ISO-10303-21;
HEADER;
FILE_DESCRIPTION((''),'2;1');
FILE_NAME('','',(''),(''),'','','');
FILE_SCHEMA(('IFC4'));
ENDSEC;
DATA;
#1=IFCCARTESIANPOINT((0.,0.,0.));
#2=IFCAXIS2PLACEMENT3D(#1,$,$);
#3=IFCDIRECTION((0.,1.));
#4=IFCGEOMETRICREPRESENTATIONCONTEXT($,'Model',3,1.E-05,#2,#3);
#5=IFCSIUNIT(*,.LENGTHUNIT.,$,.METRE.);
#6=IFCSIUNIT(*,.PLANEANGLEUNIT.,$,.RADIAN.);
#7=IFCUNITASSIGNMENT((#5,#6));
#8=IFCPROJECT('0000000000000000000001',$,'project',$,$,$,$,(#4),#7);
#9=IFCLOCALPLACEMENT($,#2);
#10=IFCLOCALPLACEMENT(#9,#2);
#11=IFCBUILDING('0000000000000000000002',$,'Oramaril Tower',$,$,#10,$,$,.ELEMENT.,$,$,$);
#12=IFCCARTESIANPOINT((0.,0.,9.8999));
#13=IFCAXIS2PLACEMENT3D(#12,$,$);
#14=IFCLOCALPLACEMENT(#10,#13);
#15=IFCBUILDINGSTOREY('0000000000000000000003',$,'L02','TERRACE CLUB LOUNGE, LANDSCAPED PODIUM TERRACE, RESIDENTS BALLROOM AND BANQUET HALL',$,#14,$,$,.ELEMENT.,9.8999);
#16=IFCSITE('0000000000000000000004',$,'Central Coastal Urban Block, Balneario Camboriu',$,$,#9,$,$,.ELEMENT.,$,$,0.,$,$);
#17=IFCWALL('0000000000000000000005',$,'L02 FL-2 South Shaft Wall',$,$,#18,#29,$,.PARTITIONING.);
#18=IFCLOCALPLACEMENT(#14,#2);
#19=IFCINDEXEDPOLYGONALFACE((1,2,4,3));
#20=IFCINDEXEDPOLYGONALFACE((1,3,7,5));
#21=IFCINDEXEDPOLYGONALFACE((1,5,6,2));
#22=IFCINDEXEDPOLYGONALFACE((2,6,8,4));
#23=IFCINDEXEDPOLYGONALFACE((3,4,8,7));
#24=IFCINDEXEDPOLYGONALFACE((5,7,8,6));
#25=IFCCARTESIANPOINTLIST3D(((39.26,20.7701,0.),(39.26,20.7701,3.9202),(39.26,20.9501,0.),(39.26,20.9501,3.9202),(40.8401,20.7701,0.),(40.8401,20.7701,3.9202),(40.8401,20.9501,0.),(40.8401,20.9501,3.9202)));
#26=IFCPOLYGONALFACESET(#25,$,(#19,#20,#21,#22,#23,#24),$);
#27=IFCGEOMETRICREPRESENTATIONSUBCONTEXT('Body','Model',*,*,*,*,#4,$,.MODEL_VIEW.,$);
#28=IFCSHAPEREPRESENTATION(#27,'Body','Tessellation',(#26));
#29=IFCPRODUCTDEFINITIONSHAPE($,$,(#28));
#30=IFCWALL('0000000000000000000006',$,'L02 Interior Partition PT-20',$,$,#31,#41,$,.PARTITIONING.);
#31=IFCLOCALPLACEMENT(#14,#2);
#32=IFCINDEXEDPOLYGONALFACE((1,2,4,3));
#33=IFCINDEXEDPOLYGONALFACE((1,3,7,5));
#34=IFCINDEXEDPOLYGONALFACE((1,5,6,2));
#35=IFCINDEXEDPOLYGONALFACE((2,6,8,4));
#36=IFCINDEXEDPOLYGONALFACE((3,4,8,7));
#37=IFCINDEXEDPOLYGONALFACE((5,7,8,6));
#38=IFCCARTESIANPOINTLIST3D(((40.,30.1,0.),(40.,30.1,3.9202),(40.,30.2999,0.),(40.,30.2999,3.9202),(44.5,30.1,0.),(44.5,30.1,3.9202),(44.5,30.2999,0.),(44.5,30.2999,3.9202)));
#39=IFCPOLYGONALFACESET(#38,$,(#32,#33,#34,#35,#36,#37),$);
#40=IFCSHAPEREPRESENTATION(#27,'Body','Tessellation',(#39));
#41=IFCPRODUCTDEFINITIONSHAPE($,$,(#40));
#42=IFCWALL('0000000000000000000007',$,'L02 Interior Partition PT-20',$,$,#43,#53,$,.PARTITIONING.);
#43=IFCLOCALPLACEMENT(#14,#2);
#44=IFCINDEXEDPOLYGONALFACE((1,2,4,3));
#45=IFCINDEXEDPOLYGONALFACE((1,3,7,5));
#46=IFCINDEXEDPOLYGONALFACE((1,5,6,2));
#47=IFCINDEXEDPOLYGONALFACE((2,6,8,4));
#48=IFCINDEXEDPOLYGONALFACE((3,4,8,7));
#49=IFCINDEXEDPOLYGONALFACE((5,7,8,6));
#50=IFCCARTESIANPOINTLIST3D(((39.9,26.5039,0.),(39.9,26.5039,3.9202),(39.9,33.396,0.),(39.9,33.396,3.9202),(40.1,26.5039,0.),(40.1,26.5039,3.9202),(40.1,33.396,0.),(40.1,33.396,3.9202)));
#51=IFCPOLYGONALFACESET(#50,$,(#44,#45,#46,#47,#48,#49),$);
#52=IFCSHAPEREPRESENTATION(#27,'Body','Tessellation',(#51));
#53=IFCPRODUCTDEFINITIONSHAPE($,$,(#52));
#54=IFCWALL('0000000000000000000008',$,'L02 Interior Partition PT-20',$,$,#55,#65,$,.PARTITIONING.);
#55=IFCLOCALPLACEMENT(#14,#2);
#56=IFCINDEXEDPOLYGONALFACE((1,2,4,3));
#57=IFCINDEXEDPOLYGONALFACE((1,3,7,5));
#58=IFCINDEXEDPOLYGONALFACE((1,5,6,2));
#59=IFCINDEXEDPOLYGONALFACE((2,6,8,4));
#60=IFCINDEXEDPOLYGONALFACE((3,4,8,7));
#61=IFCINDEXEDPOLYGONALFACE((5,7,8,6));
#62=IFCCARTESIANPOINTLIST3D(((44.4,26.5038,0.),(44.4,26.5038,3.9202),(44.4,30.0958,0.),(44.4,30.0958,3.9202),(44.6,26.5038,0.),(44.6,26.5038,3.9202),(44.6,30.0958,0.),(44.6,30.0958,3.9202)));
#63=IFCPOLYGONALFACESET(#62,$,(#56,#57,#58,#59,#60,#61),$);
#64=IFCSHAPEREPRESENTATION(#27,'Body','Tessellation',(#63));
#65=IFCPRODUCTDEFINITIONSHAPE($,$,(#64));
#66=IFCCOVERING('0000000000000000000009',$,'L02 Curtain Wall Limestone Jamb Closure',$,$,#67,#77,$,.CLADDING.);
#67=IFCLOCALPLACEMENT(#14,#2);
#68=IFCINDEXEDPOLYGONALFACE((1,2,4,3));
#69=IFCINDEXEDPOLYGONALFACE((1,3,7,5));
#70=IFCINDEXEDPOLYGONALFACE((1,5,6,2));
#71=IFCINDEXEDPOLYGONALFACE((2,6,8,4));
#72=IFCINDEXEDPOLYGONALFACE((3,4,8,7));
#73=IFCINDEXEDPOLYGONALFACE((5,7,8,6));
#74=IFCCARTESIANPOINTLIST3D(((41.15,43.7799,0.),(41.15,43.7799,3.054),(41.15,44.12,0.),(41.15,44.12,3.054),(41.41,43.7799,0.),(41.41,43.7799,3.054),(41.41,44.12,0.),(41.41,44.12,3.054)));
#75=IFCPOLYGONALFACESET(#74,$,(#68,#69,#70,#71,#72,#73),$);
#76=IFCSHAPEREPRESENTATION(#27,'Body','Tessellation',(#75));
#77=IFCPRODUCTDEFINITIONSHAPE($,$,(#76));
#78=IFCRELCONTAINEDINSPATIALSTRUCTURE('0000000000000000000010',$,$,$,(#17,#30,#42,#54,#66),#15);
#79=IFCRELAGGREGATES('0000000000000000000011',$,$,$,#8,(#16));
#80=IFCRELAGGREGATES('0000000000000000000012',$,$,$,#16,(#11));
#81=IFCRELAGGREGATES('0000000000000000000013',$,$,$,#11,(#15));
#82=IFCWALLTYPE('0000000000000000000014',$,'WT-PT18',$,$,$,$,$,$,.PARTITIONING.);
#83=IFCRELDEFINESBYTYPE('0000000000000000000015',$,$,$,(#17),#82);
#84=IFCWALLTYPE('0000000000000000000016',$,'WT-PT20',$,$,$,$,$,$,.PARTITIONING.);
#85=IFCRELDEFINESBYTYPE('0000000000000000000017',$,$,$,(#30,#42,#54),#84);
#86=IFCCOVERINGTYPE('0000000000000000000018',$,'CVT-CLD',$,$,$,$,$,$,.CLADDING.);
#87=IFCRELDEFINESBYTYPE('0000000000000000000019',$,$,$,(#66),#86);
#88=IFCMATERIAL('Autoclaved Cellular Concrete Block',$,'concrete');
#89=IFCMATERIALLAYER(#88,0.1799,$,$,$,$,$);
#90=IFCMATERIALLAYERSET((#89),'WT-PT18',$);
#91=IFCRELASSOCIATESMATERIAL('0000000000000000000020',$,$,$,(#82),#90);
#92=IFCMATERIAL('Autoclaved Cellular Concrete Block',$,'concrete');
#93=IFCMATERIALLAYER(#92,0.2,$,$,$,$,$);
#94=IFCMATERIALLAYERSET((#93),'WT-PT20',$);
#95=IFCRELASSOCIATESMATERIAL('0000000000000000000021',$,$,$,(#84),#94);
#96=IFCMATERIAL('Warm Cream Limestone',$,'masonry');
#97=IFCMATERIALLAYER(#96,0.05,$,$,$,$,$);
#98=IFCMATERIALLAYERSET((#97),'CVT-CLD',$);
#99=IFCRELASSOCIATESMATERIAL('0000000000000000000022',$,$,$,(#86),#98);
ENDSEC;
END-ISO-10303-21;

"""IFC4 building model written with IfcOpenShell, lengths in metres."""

from ifc_helpers import new_model, si_unit, direction, frame, frame_2d, origin, origin_2d, place, context, subcontext, project, spatial, rectangle, extrude, material, layer, layer_set, type_object, element, save


model = new_model("IFC4")

# Units and contexts
model_context = context("Model", 3, precision=1e-05, world=origin(), true_north=direction((0.0, 1.0)))
body_context = subcontext(model_context, "Body", "Model", "MODEL_VIEW")
ifc_project = project(units=[si_unit("LENGTHUNIT", "METRE"), si_unit("PLANEANGLEUNIT", "RADIAN")], contexts=[model_context])

# Site, building, storey
site_placement = place(None, origin())
site = spatial("IfcSite", under=ifc_project, at=site_placement, Name="Central Coastal Urban Block, Balneario Camboriu", CompositionType="ELEMENT", RefElevation=0.0)
building_placement = place(site_placement, origin())
building = spatial("IfcBuilding", under=site, at=building_placement, Name="Oramaril Tower", CompositionType="ELEMENT")
storey_placement = place(building_placement, frame((0.0, 0.0, 9.8999)))
storey = spatial("IfcBuildingStorey", under=building, at=storey_placement, Name="L02", Description="TERRACE CLUB LOUNGE, LANDSCAPED PODIUM TERRACE, RESIDENTS BALLROOM AND BANQUET HALL", CompositionType="ELEMENT", Elevation=9.8999)

# Walls
ifc_material_1 = material(Name="Autoclaved Cellular Concrete Block", Category="concrete")
ifc_layer_1 = layer(ifc_material_1, 0.1799)
ifc_layer_set_1 = layer_set([ifc_layer_1], Name="WT-PT18")
wall_type_1 = type_object("IfcWallType", Name="WT-PT18", PredefinedType="PARTITIONING", material=ifc_layer_set_1)
wall_1_placement = place(storey_placement, frame((39.26, 20.8601, 0.0), z_axis=(0.0, 0.0, 1.0), x_axis=(1.0, 0.0, 0.0)))
element("IfcWall", 1, at=wall_1_placement, inside=storey, type_object=wall_type_1, Name="L02 FL-2 South Shaft Wall", PredefinedType="PARTITIONING", context=body_context, shape_type="SweptSolid", body=[
    extrude(rectangle(XDim=1.5801, YDim=0.1799, at=frame_2d((0.79, 0.0))), origin(), (0.0, 0.0, 1.0), 3.9202),
])
ifc_material_2 = material(Name="Autoclaved Cellular Concrete Block", Category="concrete")
ifc_layer_2 = layer(ifc_material_2, 0.2)
ifc_layer_set_2 = layer_set([ifc_layer_2], Name="WT-PT20")
wall_type_2 = type_object("IfcWallType", Name="WT-PT20", PredefinedType="PARTITIONING", material=ifc_layer_set_2)
wall_2_placement = place(storey_placement, frame((40.0, 30.2, 0.0), z_axis=(0.0, 0.0, 1.0), x_axis=(1.0, 0.0, 0.0)))
element("IfcWall", 2, at=wall_2_placement, inside=storey, type_object=wall_type_2, Name="L02 Interior Partition PT-20", PredefinedType="PARTITIONING", context=body_context, shape_type="SweptSolid", body=[
    extrude(rectangle(XDim=4.5, YDim=0.2, at=frame_2d((2.25, 0.0))), origin(), (0.0, 0.0, 1.0), 3.9202),
])
wall_3_placement = place(storey_placement, frame((40.0, 26.5039, 0.0), z_axis=(0.0, 0.0, 1.0), x_axis=(0.0, 1.0, 0.0)))
element("IfcWall", 3, at=wall_3_placement, inside=storey, type_object=wall_type_2, Name="L02 Interior Partition PT-20", PredefinedType="PARTITIONING", context=body_context, shape_type="SweptSolid", body=[
    extrude(rectangle(XDim=6.8921, YDim=0.2, at=frame_2d((3.446, 0.0))), origin(), (0.0, 0.0, 1.0), 3.9202),
])
wall_4_placement = place(storey_placement, frame((44.5, 26.5039, 0.0), z_axis=(0.0, 0.0, 1.0), x_axis=(0.0, 1.0, 0.0)))
element("IfcWall", 4, at=wall_4_placement, inside=storey, type_object=wall_type_2, Name="L02 Interior Partition PT-20", PredefinedType="PARTITIONING", context=body_context, shape_type="SweptSolid", body=[
    extrude(rectangle(XDim=3.592, YDim=0.2, at=frame_2d((1.7959, 0.0))), origin(), (0.0, 0.0, 1.0), 3.9202),
])

# Covering
ifc_material_3 = material(Name="Warm Cream Limestone", Category="masonry")
ifc_layer_3 = layer(ifc_material_3, 0.05)
ifc_layer_set_3 = layer_set([ifc_layer_3], Name="CVT-CLD")
covering_type = type_object("IfcCoveringType", Name="CVT-CLD", PredefinedType="CLADDING", material=ifc_layer_set_3)
covering_placement = place(storey_placement, frame((41.28, 43.95, 0.0), z_axis=(0.0, 0.0, 1.0), x_axis=(-1.0, 0.0, 0.0)))
element("IfcCovering", 5, at=covering_placement, inside=storey, type_object=covering_type, Name="L02 Curtain Wall Limestone Jamb Closure", PredefinedType="CLADDING", context=body_context, shape_type="SweptSolid", body=[
    extrude(rectangle(XDim=0.26, YDim=0.3401, at=origin_2d()), origin(), (0.0, 0.0, 1.0), 3.054),
])

save(model, "model.ifc")
